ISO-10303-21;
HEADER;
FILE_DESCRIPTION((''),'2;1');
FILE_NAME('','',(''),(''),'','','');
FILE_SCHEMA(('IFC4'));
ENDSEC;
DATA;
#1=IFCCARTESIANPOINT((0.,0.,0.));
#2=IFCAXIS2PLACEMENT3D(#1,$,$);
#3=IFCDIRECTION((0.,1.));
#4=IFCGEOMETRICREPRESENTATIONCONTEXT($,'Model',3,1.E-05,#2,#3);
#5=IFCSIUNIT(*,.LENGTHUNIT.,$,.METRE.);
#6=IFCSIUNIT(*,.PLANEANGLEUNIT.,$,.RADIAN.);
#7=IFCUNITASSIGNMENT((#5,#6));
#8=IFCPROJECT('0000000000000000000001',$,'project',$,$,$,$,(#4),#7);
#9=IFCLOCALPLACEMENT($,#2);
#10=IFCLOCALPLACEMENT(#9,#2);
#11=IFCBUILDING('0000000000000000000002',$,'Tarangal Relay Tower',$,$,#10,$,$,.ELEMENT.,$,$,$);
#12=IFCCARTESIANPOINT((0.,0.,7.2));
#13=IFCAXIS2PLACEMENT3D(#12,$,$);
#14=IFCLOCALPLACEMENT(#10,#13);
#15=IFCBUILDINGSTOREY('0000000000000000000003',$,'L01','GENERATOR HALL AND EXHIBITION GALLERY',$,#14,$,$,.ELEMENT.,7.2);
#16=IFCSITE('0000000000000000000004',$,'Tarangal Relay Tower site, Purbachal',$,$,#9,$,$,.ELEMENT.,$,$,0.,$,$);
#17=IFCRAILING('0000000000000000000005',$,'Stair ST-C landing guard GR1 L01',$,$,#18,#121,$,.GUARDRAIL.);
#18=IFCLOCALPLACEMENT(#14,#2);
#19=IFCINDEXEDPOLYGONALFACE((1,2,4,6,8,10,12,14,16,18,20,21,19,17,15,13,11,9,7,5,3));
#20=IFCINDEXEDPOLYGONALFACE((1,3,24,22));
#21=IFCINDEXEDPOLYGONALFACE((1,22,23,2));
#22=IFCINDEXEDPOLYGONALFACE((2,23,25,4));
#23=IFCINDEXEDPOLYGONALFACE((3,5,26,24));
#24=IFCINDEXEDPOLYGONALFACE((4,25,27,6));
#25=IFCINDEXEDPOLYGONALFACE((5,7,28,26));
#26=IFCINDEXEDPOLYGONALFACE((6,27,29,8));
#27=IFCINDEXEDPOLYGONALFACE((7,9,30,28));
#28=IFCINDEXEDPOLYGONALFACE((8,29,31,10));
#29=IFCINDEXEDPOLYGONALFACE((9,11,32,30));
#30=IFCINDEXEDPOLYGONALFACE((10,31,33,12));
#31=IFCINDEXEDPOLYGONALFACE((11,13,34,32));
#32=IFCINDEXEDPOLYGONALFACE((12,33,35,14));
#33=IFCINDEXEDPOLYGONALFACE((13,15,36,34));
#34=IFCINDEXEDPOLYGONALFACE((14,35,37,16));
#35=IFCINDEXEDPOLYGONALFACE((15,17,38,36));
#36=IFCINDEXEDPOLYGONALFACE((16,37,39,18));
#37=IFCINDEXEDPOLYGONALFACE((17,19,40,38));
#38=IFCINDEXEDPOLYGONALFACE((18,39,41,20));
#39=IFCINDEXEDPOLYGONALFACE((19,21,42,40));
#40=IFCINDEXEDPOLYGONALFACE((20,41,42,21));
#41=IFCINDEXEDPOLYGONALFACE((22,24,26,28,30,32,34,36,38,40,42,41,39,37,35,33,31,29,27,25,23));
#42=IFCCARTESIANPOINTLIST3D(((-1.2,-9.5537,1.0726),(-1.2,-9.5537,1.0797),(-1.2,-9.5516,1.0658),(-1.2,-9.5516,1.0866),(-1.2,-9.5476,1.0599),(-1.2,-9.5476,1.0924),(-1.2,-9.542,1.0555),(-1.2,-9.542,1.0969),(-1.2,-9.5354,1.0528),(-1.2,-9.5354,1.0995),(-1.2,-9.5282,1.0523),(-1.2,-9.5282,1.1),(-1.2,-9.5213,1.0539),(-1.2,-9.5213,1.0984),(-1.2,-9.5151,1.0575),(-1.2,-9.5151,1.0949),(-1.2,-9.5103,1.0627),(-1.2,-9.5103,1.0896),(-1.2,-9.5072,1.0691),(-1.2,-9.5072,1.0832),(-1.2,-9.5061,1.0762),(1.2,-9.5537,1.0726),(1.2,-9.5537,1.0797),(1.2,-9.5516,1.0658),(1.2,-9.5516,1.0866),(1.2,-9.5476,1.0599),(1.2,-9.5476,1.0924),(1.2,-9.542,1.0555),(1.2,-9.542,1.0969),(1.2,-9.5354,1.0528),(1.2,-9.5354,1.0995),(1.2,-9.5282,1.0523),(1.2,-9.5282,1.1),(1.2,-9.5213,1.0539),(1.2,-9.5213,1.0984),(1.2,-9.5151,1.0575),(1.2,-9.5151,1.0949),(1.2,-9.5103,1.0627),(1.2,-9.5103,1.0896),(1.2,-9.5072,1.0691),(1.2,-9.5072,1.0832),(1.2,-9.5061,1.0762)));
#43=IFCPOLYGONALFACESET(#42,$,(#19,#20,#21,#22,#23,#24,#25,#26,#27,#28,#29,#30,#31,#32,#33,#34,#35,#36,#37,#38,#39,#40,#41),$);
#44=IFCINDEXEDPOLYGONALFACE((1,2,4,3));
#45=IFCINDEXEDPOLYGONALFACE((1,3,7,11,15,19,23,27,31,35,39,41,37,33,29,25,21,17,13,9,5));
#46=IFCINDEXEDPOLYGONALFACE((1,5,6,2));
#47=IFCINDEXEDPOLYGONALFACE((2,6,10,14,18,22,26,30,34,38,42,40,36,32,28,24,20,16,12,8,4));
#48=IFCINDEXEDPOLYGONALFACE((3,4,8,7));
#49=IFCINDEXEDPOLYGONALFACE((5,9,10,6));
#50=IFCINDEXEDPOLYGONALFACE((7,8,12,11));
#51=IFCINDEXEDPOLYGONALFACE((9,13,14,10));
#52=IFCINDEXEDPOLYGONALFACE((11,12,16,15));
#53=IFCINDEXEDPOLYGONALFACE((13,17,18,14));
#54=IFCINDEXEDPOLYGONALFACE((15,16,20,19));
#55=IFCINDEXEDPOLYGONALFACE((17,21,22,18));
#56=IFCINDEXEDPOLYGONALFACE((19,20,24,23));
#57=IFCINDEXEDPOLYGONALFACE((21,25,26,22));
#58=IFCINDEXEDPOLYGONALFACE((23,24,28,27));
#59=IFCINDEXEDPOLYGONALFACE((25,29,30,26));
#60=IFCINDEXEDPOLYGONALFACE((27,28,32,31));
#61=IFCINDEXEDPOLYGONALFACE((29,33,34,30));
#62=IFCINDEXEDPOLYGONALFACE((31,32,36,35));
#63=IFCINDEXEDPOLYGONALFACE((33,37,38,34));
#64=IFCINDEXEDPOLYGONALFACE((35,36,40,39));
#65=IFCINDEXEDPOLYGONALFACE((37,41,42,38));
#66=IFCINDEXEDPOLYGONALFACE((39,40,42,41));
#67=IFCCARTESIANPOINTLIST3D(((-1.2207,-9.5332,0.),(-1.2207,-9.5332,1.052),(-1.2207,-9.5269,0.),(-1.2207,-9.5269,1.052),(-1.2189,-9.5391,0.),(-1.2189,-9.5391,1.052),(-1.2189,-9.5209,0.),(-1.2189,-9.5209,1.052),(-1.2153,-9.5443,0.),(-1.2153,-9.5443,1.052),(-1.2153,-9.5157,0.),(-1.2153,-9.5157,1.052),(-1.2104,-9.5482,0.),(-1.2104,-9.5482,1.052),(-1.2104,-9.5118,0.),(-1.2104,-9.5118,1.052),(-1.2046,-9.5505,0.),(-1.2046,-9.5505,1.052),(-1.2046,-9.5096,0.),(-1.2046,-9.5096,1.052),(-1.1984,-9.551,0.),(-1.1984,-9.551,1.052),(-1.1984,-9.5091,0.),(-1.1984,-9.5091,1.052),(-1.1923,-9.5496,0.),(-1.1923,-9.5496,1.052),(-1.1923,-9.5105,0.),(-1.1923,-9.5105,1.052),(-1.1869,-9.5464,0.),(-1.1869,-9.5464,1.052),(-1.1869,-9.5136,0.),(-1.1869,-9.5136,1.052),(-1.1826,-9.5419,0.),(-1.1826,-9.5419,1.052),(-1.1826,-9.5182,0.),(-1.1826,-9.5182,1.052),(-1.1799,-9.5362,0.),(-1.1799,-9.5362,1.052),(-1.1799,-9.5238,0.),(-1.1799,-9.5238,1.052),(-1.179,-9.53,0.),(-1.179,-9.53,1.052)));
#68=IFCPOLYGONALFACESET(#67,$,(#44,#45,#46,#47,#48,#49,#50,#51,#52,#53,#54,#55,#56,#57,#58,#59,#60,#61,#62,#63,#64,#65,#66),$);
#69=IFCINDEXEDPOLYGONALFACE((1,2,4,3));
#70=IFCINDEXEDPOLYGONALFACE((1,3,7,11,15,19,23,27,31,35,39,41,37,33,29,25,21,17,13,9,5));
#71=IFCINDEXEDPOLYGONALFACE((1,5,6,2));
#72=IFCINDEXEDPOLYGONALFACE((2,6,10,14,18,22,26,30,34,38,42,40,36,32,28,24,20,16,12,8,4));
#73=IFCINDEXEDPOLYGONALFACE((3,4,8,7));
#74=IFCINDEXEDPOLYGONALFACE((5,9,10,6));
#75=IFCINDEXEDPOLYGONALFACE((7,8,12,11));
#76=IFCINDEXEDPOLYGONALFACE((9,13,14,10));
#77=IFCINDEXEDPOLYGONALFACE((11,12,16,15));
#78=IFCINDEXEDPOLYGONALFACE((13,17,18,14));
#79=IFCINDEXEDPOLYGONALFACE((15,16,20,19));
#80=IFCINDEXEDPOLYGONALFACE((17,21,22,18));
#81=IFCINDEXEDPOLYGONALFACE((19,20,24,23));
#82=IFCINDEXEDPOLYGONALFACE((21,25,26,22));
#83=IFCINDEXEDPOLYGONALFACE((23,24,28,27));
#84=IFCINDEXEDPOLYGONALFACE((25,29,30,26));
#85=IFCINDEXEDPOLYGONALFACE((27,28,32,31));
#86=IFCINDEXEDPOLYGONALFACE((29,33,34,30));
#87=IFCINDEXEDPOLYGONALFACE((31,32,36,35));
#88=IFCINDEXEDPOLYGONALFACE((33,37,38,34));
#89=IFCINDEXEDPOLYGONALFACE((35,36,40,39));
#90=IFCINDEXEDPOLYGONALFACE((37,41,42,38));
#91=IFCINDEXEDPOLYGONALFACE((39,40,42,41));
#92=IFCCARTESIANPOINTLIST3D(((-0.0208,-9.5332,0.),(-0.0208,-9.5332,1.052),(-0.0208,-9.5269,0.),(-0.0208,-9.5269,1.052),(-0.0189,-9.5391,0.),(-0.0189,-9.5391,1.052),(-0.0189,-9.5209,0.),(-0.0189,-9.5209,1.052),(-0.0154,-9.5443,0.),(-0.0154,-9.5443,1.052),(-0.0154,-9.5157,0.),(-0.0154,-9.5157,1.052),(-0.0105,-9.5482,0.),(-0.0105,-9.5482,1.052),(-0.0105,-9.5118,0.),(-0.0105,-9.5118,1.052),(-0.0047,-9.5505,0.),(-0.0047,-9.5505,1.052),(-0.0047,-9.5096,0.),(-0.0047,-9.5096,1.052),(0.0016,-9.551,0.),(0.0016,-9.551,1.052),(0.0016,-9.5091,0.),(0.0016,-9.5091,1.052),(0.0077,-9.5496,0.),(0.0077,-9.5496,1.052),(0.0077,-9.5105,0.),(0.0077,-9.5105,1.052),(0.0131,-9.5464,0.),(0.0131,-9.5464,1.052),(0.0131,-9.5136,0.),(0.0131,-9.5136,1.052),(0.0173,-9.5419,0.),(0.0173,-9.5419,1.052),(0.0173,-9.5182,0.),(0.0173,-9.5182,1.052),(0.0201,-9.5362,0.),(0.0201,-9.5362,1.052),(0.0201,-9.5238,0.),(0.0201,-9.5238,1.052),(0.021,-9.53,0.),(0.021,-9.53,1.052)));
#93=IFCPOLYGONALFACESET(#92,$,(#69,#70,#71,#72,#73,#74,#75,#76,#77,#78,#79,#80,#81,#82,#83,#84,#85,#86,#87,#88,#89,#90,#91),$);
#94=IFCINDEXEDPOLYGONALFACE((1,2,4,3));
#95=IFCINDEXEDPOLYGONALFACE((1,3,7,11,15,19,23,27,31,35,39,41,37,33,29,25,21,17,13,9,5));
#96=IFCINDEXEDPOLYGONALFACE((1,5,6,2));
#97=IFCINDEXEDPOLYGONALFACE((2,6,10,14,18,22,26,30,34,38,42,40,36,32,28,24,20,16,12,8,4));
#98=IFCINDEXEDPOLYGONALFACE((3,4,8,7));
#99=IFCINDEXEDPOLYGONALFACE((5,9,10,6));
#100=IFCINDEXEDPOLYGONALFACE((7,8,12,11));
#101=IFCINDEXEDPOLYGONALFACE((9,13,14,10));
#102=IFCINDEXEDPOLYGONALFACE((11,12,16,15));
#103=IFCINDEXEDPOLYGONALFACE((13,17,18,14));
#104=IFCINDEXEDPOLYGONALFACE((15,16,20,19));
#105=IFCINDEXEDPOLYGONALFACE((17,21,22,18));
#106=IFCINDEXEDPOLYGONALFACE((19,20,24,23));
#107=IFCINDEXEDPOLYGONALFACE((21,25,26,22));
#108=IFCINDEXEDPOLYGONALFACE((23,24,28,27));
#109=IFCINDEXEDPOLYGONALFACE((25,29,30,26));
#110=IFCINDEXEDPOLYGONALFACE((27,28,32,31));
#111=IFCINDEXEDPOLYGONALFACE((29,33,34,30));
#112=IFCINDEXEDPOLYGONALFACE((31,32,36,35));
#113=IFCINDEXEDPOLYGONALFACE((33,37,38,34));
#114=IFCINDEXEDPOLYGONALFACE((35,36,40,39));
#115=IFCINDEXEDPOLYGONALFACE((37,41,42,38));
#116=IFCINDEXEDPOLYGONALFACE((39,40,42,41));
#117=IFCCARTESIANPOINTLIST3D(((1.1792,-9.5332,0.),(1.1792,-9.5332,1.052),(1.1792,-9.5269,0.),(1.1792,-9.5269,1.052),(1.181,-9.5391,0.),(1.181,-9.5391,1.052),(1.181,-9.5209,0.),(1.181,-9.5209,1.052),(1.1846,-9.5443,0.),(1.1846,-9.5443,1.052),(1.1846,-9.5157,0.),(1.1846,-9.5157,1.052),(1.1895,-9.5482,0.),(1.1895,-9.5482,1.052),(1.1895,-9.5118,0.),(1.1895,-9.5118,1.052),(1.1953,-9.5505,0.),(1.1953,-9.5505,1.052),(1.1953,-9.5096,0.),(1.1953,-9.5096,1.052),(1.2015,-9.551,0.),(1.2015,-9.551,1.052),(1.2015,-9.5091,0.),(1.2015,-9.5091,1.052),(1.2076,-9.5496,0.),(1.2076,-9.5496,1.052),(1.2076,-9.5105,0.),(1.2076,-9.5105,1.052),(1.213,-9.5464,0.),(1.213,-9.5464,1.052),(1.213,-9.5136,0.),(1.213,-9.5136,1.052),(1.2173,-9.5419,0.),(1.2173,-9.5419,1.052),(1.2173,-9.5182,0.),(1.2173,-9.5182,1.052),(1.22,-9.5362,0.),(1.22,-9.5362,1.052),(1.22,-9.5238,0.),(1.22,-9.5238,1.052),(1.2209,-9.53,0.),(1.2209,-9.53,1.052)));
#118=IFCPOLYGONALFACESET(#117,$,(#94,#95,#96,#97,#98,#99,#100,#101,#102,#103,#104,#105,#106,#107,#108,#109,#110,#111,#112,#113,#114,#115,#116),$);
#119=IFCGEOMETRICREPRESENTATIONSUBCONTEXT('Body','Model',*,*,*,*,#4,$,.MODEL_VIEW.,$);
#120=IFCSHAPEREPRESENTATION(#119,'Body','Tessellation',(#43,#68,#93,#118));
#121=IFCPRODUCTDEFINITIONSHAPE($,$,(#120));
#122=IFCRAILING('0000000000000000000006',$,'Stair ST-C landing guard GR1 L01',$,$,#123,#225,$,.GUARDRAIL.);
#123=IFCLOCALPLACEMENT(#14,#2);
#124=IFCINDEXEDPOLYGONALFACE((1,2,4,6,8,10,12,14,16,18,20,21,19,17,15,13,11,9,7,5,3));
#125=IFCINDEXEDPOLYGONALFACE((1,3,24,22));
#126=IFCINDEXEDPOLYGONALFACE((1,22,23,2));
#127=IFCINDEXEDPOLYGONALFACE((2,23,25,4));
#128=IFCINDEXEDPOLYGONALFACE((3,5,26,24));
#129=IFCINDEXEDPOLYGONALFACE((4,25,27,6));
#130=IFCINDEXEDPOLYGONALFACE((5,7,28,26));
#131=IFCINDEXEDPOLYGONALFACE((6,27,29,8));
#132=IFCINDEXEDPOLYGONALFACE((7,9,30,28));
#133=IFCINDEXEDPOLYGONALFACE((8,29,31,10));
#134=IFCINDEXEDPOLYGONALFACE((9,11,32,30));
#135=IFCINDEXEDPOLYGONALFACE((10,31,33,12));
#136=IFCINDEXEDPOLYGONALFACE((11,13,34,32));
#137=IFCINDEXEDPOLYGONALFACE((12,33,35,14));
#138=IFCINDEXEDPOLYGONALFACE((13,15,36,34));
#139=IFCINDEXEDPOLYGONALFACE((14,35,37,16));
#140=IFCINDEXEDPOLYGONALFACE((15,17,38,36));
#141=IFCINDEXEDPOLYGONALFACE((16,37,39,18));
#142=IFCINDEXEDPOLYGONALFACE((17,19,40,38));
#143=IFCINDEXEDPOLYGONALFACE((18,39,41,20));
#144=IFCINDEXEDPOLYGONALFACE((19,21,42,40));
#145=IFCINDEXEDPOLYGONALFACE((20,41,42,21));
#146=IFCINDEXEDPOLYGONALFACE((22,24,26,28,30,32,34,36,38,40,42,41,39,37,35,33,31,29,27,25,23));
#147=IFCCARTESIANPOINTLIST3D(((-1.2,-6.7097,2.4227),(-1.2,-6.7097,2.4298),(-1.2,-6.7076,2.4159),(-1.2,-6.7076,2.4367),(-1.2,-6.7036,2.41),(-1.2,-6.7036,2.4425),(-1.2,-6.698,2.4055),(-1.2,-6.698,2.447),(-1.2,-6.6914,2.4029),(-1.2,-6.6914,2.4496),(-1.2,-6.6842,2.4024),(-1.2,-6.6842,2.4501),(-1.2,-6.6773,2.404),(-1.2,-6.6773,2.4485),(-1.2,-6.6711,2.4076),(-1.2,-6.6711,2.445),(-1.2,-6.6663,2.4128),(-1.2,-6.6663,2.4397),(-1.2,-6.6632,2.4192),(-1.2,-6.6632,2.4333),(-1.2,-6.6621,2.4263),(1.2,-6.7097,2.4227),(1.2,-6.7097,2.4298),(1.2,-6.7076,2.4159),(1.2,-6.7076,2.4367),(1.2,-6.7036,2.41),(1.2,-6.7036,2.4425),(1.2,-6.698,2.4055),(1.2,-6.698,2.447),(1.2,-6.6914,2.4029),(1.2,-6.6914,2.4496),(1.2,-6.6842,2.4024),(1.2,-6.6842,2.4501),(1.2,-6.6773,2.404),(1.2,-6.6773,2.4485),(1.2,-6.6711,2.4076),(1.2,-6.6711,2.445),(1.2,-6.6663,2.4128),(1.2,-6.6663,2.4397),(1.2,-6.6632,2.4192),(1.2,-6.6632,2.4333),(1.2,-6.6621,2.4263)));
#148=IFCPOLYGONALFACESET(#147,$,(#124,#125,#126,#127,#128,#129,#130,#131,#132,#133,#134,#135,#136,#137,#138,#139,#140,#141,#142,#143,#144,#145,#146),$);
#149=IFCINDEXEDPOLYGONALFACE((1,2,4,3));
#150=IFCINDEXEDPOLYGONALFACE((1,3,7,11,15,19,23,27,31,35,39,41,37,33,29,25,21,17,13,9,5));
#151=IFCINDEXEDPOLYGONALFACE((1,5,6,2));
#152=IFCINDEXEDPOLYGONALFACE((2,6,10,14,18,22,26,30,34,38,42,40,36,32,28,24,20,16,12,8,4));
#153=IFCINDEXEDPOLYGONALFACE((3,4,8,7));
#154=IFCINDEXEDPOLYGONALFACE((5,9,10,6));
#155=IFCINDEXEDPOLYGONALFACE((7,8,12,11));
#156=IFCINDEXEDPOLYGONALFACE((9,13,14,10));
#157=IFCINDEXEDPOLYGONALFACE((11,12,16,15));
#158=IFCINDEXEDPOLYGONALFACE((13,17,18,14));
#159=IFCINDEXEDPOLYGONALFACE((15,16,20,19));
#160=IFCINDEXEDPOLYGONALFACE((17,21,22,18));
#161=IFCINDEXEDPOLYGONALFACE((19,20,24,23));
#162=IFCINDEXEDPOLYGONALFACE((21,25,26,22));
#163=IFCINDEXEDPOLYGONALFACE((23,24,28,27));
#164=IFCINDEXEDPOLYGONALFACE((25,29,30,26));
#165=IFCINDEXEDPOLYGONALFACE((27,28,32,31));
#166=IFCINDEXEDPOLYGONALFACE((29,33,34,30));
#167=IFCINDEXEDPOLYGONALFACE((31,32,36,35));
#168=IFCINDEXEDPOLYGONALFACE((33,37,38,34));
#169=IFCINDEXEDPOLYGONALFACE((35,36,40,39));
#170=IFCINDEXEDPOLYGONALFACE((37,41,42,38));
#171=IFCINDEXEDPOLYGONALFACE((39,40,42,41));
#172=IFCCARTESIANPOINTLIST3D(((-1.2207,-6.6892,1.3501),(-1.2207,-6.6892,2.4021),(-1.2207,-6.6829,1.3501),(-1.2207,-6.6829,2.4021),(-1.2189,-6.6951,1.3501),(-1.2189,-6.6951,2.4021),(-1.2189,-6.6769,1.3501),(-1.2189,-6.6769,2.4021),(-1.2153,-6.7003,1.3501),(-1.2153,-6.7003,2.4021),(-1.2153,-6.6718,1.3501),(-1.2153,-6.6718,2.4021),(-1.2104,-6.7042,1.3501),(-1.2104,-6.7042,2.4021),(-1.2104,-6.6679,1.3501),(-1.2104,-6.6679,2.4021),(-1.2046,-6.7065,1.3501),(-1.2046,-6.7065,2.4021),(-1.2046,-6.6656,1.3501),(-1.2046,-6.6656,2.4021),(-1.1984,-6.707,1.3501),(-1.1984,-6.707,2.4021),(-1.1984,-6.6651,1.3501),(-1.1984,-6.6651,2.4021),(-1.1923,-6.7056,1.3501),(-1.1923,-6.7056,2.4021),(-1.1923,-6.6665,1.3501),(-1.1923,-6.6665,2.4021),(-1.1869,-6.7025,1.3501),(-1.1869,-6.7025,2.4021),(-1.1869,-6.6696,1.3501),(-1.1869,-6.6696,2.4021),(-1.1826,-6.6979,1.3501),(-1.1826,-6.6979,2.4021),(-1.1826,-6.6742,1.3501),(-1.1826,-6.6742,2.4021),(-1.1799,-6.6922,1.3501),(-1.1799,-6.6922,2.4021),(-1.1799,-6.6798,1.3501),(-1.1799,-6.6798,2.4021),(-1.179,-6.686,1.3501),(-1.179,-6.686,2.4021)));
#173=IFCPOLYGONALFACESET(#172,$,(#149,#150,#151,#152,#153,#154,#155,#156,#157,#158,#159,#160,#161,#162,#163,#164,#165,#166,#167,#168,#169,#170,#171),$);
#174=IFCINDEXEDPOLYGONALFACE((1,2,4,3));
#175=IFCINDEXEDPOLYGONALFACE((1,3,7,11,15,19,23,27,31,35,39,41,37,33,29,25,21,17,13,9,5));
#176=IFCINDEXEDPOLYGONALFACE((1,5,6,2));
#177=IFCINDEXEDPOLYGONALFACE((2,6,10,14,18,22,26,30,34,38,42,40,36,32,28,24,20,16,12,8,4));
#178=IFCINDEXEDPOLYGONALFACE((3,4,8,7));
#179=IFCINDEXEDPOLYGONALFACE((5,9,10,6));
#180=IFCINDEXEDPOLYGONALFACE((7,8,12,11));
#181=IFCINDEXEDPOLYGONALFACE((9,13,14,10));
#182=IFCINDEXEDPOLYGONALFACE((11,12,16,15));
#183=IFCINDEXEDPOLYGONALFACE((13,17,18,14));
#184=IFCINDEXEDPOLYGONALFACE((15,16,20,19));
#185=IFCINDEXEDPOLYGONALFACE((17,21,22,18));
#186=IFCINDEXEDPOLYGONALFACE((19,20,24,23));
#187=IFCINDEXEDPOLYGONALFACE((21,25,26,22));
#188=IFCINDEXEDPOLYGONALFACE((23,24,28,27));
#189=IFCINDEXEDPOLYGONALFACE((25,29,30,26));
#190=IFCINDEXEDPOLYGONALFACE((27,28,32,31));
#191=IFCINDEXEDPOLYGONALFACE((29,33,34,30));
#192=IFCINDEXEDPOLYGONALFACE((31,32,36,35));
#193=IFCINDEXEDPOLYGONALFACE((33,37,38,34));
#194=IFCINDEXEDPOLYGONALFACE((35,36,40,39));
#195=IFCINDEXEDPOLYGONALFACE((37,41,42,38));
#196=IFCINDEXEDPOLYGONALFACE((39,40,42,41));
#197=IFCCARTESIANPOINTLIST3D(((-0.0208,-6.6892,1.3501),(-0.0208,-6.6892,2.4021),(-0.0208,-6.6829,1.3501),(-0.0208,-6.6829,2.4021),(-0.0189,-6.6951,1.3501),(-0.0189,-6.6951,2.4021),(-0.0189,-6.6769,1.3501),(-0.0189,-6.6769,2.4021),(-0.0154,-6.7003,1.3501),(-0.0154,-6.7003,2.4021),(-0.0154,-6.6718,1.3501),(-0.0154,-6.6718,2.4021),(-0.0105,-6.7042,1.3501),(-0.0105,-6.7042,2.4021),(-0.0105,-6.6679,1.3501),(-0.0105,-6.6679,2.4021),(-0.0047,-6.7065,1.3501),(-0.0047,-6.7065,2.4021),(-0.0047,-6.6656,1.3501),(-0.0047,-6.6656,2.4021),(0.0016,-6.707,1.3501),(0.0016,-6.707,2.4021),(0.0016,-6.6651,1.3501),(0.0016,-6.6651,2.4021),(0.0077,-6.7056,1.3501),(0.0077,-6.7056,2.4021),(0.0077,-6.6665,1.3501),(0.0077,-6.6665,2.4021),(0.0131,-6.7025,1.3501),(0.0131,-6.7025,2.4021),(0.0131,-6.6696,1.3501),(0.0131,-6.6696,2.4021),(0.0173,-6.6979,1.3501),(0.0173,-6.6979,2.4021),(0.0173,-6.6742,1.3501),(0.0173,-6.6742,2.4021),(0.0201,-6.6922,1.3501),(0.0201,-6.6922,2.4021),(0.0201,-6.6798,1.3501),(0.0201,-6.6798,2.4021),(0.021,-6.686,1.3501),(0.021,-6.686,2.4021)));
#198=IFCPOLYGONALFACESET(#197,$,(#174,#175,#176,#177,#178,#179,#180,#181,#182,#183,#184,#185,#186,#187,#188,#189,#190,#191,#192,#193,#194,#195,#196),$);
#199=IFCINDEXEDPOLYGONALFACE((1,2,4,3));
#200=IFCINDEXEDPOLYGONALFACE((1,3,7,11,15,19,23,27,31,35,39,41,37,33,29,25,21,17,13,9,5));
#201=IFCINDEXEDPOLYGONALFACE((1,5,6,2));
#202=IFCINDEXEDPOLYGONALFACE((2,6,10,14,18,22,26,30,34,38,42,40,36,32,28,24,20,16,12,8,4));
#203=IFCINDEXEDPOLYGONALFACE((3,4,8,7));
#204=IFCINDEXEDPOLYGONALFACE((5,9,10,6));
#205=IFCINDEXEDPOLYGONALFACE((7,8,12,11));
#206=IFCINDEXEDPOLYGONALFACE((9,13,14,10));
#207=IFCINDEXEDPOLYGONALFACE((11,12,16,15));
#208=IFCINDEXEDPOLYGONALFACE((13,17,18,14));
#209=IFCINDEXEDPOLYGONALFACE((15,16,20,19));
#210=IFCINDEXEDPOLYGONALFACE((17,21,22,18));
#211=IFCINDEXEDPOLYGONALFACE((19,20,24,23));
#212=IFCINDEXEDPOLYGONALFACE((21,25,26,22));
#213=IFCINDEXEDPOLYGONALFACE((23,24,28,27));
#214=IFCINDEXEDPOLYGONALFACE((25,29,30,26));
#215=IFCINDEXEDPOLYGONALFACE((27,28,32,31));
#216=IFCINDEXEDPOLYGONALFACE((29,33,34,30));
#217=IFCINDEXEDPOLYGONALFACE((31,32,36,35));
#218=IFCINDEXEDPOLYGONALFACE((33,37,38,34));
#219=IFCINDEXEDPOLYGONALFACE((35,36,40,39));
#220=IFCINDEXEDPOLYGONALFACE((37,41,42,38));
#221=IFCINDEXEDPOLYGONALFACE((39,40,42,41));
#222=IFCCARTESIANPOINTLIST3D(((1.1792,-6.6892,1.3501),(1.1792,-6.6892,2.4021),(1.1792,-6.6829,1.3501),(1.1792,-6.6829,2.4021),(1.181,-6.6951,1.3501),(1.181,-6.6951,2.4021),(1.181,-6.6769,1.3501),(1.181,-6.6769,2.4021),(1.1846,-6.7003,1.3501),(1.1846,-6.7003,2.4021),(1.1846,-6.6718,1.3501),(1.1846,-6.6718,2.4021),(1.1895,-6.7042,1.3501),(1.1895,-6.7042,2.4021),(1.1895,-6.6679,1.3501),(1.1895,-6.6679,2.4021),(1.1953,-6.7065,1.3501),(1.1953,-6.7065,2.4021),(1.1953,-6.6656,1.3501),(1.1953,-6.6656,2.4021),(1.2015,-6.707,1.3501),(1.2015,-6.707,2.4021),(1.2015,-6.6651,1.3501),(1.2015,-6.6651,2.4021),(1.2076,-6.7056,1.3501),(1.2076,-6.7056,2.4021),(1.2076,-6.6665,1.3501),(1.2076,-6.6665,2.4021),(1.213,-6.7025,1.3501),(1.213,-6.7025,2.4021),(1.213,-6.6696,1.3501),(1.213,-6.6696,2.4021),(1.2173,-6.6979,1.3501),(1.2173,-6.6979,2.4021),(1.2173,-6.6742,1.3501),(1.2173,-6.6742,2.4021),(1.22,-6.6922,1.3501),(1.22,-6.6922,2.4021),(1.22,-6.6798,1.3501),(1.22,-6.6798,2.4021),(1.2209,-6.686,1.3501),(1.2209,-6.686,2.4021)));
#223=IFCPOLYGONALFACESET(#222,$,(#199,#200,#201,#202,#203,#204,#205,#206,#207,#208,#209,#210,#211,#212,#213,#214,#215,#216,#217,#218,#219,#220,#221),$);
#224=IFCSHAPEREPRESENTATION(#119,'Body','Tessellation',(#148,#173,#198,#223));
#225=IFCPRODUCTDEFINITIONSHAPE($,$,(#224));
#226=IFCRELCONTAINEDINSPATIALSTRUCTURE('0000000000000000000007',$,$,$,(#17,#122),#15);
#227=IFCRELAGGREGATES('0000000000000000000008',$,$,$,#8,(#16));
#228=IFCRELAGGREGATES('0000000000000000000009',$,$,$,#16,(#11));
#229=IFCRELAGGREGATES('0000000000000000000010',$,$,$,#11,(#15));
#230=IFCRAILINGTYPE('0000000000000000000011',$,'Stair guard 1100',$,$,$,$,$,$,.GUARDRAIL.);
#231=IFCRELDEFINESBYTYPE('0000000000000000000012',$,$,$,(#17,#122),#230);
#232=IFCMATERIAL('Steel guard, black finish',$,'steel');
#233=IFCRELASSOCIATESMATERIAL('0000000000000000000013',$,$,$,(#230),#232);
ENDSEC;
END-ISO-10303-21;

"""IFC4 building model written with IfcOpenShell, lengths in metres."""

from ifc_helpers import new_model, si_unit, direction, frame, origin, origin_2d, place, context, subcontext, project, spatial, circle, extrude, material, type_object, element, save


model = new_model("IFC4")

# Units and contexts
model_context = context("Model", 3, precision=1e-05, world=origin(), true_north=direction((0.0, 1.0)))
body_context = subcontext(model_context, "Body", "Model", "MODEL_VIEW")
ifc_project = project(units=[si_unit("LENGTHUNIT", "METRE"), si_unit("PLANEANGLEUNIT", "RADIAN")], contexts=[model_context])

# Site, building, storey
site_placement = place(None, origin())
site = spatial("IfcSite", under=ifc_project, at=site_placement, Name="Tarangal Relay Tower site, Purbachal", CompositionType="ELEMENT", RefElevation=0.0)
building_placement = place(site_placement, origin())
building = spatial("IfcBuilding", under=site, at=building_placement, Name="Tarangal Relay Tower", CompositionType="ELEMENT")
storey_placement = place(building_placement, frame((0.0, 0.0, 7.2)))
storey = spatial("IfcBuildingStorey", under=building, at=storey_placement, Name="L01", Description="GENERATOR HALL AND EXHIBITION GALLERY", CompositionType="ELEMENT", Elevation=7.2)

# Railings
ifc_material_1 = material(Name="Steel guard, black finish", Category="steel")
railing_type_1 = type_object("IfcRailingType", Name="Stair guard 1100", PredefinedType="GUARDRAIL", material=ifc_material_1)
for number, where, name in (
    (1, (-1.2, -9.53, 0.0), "Stair ST-C landing guard GR1 L01"),
    (2, (-1.2, -6.686, 1.3501), "Stair ST-C landing guard GR1 L01"),
):
    element("IfcRailing", number, at=place(storey_placement, frame(where)), inside=storey, type_object=railing_type_1, Name=name, PredefinedType="GUARDRAIL", context=body_context, shape_type="SweptSolid", body=[
        extrude(circle(Radius=0.0239, at=origin_2d()), frame((0.0, 0.0, 1.0762), z_axis=(1.0, 0.0, 0.0), x_axis=(0.0, 1.0, 0.0)), (0.0, 0.0, 1.0), 2.3999),
        extrude(circle(Radius=0.021, at=origin_2d()), origin(), (0.0, 0.0, 1.0), 1.052),
        extrude(circle(Radius=0.021, at=origin_2d()), frame((1.2, 0.0, 0.0)), (0.0, 0.0, 1.0), 1.052),
        extrude(circle(Radius=0.021, at=origin_2d()), frame((2.3999, 0.0, 0.0)), (0.0, 0.0, 1.0), 1.052),
    ])

save(model, "model.ifc")
